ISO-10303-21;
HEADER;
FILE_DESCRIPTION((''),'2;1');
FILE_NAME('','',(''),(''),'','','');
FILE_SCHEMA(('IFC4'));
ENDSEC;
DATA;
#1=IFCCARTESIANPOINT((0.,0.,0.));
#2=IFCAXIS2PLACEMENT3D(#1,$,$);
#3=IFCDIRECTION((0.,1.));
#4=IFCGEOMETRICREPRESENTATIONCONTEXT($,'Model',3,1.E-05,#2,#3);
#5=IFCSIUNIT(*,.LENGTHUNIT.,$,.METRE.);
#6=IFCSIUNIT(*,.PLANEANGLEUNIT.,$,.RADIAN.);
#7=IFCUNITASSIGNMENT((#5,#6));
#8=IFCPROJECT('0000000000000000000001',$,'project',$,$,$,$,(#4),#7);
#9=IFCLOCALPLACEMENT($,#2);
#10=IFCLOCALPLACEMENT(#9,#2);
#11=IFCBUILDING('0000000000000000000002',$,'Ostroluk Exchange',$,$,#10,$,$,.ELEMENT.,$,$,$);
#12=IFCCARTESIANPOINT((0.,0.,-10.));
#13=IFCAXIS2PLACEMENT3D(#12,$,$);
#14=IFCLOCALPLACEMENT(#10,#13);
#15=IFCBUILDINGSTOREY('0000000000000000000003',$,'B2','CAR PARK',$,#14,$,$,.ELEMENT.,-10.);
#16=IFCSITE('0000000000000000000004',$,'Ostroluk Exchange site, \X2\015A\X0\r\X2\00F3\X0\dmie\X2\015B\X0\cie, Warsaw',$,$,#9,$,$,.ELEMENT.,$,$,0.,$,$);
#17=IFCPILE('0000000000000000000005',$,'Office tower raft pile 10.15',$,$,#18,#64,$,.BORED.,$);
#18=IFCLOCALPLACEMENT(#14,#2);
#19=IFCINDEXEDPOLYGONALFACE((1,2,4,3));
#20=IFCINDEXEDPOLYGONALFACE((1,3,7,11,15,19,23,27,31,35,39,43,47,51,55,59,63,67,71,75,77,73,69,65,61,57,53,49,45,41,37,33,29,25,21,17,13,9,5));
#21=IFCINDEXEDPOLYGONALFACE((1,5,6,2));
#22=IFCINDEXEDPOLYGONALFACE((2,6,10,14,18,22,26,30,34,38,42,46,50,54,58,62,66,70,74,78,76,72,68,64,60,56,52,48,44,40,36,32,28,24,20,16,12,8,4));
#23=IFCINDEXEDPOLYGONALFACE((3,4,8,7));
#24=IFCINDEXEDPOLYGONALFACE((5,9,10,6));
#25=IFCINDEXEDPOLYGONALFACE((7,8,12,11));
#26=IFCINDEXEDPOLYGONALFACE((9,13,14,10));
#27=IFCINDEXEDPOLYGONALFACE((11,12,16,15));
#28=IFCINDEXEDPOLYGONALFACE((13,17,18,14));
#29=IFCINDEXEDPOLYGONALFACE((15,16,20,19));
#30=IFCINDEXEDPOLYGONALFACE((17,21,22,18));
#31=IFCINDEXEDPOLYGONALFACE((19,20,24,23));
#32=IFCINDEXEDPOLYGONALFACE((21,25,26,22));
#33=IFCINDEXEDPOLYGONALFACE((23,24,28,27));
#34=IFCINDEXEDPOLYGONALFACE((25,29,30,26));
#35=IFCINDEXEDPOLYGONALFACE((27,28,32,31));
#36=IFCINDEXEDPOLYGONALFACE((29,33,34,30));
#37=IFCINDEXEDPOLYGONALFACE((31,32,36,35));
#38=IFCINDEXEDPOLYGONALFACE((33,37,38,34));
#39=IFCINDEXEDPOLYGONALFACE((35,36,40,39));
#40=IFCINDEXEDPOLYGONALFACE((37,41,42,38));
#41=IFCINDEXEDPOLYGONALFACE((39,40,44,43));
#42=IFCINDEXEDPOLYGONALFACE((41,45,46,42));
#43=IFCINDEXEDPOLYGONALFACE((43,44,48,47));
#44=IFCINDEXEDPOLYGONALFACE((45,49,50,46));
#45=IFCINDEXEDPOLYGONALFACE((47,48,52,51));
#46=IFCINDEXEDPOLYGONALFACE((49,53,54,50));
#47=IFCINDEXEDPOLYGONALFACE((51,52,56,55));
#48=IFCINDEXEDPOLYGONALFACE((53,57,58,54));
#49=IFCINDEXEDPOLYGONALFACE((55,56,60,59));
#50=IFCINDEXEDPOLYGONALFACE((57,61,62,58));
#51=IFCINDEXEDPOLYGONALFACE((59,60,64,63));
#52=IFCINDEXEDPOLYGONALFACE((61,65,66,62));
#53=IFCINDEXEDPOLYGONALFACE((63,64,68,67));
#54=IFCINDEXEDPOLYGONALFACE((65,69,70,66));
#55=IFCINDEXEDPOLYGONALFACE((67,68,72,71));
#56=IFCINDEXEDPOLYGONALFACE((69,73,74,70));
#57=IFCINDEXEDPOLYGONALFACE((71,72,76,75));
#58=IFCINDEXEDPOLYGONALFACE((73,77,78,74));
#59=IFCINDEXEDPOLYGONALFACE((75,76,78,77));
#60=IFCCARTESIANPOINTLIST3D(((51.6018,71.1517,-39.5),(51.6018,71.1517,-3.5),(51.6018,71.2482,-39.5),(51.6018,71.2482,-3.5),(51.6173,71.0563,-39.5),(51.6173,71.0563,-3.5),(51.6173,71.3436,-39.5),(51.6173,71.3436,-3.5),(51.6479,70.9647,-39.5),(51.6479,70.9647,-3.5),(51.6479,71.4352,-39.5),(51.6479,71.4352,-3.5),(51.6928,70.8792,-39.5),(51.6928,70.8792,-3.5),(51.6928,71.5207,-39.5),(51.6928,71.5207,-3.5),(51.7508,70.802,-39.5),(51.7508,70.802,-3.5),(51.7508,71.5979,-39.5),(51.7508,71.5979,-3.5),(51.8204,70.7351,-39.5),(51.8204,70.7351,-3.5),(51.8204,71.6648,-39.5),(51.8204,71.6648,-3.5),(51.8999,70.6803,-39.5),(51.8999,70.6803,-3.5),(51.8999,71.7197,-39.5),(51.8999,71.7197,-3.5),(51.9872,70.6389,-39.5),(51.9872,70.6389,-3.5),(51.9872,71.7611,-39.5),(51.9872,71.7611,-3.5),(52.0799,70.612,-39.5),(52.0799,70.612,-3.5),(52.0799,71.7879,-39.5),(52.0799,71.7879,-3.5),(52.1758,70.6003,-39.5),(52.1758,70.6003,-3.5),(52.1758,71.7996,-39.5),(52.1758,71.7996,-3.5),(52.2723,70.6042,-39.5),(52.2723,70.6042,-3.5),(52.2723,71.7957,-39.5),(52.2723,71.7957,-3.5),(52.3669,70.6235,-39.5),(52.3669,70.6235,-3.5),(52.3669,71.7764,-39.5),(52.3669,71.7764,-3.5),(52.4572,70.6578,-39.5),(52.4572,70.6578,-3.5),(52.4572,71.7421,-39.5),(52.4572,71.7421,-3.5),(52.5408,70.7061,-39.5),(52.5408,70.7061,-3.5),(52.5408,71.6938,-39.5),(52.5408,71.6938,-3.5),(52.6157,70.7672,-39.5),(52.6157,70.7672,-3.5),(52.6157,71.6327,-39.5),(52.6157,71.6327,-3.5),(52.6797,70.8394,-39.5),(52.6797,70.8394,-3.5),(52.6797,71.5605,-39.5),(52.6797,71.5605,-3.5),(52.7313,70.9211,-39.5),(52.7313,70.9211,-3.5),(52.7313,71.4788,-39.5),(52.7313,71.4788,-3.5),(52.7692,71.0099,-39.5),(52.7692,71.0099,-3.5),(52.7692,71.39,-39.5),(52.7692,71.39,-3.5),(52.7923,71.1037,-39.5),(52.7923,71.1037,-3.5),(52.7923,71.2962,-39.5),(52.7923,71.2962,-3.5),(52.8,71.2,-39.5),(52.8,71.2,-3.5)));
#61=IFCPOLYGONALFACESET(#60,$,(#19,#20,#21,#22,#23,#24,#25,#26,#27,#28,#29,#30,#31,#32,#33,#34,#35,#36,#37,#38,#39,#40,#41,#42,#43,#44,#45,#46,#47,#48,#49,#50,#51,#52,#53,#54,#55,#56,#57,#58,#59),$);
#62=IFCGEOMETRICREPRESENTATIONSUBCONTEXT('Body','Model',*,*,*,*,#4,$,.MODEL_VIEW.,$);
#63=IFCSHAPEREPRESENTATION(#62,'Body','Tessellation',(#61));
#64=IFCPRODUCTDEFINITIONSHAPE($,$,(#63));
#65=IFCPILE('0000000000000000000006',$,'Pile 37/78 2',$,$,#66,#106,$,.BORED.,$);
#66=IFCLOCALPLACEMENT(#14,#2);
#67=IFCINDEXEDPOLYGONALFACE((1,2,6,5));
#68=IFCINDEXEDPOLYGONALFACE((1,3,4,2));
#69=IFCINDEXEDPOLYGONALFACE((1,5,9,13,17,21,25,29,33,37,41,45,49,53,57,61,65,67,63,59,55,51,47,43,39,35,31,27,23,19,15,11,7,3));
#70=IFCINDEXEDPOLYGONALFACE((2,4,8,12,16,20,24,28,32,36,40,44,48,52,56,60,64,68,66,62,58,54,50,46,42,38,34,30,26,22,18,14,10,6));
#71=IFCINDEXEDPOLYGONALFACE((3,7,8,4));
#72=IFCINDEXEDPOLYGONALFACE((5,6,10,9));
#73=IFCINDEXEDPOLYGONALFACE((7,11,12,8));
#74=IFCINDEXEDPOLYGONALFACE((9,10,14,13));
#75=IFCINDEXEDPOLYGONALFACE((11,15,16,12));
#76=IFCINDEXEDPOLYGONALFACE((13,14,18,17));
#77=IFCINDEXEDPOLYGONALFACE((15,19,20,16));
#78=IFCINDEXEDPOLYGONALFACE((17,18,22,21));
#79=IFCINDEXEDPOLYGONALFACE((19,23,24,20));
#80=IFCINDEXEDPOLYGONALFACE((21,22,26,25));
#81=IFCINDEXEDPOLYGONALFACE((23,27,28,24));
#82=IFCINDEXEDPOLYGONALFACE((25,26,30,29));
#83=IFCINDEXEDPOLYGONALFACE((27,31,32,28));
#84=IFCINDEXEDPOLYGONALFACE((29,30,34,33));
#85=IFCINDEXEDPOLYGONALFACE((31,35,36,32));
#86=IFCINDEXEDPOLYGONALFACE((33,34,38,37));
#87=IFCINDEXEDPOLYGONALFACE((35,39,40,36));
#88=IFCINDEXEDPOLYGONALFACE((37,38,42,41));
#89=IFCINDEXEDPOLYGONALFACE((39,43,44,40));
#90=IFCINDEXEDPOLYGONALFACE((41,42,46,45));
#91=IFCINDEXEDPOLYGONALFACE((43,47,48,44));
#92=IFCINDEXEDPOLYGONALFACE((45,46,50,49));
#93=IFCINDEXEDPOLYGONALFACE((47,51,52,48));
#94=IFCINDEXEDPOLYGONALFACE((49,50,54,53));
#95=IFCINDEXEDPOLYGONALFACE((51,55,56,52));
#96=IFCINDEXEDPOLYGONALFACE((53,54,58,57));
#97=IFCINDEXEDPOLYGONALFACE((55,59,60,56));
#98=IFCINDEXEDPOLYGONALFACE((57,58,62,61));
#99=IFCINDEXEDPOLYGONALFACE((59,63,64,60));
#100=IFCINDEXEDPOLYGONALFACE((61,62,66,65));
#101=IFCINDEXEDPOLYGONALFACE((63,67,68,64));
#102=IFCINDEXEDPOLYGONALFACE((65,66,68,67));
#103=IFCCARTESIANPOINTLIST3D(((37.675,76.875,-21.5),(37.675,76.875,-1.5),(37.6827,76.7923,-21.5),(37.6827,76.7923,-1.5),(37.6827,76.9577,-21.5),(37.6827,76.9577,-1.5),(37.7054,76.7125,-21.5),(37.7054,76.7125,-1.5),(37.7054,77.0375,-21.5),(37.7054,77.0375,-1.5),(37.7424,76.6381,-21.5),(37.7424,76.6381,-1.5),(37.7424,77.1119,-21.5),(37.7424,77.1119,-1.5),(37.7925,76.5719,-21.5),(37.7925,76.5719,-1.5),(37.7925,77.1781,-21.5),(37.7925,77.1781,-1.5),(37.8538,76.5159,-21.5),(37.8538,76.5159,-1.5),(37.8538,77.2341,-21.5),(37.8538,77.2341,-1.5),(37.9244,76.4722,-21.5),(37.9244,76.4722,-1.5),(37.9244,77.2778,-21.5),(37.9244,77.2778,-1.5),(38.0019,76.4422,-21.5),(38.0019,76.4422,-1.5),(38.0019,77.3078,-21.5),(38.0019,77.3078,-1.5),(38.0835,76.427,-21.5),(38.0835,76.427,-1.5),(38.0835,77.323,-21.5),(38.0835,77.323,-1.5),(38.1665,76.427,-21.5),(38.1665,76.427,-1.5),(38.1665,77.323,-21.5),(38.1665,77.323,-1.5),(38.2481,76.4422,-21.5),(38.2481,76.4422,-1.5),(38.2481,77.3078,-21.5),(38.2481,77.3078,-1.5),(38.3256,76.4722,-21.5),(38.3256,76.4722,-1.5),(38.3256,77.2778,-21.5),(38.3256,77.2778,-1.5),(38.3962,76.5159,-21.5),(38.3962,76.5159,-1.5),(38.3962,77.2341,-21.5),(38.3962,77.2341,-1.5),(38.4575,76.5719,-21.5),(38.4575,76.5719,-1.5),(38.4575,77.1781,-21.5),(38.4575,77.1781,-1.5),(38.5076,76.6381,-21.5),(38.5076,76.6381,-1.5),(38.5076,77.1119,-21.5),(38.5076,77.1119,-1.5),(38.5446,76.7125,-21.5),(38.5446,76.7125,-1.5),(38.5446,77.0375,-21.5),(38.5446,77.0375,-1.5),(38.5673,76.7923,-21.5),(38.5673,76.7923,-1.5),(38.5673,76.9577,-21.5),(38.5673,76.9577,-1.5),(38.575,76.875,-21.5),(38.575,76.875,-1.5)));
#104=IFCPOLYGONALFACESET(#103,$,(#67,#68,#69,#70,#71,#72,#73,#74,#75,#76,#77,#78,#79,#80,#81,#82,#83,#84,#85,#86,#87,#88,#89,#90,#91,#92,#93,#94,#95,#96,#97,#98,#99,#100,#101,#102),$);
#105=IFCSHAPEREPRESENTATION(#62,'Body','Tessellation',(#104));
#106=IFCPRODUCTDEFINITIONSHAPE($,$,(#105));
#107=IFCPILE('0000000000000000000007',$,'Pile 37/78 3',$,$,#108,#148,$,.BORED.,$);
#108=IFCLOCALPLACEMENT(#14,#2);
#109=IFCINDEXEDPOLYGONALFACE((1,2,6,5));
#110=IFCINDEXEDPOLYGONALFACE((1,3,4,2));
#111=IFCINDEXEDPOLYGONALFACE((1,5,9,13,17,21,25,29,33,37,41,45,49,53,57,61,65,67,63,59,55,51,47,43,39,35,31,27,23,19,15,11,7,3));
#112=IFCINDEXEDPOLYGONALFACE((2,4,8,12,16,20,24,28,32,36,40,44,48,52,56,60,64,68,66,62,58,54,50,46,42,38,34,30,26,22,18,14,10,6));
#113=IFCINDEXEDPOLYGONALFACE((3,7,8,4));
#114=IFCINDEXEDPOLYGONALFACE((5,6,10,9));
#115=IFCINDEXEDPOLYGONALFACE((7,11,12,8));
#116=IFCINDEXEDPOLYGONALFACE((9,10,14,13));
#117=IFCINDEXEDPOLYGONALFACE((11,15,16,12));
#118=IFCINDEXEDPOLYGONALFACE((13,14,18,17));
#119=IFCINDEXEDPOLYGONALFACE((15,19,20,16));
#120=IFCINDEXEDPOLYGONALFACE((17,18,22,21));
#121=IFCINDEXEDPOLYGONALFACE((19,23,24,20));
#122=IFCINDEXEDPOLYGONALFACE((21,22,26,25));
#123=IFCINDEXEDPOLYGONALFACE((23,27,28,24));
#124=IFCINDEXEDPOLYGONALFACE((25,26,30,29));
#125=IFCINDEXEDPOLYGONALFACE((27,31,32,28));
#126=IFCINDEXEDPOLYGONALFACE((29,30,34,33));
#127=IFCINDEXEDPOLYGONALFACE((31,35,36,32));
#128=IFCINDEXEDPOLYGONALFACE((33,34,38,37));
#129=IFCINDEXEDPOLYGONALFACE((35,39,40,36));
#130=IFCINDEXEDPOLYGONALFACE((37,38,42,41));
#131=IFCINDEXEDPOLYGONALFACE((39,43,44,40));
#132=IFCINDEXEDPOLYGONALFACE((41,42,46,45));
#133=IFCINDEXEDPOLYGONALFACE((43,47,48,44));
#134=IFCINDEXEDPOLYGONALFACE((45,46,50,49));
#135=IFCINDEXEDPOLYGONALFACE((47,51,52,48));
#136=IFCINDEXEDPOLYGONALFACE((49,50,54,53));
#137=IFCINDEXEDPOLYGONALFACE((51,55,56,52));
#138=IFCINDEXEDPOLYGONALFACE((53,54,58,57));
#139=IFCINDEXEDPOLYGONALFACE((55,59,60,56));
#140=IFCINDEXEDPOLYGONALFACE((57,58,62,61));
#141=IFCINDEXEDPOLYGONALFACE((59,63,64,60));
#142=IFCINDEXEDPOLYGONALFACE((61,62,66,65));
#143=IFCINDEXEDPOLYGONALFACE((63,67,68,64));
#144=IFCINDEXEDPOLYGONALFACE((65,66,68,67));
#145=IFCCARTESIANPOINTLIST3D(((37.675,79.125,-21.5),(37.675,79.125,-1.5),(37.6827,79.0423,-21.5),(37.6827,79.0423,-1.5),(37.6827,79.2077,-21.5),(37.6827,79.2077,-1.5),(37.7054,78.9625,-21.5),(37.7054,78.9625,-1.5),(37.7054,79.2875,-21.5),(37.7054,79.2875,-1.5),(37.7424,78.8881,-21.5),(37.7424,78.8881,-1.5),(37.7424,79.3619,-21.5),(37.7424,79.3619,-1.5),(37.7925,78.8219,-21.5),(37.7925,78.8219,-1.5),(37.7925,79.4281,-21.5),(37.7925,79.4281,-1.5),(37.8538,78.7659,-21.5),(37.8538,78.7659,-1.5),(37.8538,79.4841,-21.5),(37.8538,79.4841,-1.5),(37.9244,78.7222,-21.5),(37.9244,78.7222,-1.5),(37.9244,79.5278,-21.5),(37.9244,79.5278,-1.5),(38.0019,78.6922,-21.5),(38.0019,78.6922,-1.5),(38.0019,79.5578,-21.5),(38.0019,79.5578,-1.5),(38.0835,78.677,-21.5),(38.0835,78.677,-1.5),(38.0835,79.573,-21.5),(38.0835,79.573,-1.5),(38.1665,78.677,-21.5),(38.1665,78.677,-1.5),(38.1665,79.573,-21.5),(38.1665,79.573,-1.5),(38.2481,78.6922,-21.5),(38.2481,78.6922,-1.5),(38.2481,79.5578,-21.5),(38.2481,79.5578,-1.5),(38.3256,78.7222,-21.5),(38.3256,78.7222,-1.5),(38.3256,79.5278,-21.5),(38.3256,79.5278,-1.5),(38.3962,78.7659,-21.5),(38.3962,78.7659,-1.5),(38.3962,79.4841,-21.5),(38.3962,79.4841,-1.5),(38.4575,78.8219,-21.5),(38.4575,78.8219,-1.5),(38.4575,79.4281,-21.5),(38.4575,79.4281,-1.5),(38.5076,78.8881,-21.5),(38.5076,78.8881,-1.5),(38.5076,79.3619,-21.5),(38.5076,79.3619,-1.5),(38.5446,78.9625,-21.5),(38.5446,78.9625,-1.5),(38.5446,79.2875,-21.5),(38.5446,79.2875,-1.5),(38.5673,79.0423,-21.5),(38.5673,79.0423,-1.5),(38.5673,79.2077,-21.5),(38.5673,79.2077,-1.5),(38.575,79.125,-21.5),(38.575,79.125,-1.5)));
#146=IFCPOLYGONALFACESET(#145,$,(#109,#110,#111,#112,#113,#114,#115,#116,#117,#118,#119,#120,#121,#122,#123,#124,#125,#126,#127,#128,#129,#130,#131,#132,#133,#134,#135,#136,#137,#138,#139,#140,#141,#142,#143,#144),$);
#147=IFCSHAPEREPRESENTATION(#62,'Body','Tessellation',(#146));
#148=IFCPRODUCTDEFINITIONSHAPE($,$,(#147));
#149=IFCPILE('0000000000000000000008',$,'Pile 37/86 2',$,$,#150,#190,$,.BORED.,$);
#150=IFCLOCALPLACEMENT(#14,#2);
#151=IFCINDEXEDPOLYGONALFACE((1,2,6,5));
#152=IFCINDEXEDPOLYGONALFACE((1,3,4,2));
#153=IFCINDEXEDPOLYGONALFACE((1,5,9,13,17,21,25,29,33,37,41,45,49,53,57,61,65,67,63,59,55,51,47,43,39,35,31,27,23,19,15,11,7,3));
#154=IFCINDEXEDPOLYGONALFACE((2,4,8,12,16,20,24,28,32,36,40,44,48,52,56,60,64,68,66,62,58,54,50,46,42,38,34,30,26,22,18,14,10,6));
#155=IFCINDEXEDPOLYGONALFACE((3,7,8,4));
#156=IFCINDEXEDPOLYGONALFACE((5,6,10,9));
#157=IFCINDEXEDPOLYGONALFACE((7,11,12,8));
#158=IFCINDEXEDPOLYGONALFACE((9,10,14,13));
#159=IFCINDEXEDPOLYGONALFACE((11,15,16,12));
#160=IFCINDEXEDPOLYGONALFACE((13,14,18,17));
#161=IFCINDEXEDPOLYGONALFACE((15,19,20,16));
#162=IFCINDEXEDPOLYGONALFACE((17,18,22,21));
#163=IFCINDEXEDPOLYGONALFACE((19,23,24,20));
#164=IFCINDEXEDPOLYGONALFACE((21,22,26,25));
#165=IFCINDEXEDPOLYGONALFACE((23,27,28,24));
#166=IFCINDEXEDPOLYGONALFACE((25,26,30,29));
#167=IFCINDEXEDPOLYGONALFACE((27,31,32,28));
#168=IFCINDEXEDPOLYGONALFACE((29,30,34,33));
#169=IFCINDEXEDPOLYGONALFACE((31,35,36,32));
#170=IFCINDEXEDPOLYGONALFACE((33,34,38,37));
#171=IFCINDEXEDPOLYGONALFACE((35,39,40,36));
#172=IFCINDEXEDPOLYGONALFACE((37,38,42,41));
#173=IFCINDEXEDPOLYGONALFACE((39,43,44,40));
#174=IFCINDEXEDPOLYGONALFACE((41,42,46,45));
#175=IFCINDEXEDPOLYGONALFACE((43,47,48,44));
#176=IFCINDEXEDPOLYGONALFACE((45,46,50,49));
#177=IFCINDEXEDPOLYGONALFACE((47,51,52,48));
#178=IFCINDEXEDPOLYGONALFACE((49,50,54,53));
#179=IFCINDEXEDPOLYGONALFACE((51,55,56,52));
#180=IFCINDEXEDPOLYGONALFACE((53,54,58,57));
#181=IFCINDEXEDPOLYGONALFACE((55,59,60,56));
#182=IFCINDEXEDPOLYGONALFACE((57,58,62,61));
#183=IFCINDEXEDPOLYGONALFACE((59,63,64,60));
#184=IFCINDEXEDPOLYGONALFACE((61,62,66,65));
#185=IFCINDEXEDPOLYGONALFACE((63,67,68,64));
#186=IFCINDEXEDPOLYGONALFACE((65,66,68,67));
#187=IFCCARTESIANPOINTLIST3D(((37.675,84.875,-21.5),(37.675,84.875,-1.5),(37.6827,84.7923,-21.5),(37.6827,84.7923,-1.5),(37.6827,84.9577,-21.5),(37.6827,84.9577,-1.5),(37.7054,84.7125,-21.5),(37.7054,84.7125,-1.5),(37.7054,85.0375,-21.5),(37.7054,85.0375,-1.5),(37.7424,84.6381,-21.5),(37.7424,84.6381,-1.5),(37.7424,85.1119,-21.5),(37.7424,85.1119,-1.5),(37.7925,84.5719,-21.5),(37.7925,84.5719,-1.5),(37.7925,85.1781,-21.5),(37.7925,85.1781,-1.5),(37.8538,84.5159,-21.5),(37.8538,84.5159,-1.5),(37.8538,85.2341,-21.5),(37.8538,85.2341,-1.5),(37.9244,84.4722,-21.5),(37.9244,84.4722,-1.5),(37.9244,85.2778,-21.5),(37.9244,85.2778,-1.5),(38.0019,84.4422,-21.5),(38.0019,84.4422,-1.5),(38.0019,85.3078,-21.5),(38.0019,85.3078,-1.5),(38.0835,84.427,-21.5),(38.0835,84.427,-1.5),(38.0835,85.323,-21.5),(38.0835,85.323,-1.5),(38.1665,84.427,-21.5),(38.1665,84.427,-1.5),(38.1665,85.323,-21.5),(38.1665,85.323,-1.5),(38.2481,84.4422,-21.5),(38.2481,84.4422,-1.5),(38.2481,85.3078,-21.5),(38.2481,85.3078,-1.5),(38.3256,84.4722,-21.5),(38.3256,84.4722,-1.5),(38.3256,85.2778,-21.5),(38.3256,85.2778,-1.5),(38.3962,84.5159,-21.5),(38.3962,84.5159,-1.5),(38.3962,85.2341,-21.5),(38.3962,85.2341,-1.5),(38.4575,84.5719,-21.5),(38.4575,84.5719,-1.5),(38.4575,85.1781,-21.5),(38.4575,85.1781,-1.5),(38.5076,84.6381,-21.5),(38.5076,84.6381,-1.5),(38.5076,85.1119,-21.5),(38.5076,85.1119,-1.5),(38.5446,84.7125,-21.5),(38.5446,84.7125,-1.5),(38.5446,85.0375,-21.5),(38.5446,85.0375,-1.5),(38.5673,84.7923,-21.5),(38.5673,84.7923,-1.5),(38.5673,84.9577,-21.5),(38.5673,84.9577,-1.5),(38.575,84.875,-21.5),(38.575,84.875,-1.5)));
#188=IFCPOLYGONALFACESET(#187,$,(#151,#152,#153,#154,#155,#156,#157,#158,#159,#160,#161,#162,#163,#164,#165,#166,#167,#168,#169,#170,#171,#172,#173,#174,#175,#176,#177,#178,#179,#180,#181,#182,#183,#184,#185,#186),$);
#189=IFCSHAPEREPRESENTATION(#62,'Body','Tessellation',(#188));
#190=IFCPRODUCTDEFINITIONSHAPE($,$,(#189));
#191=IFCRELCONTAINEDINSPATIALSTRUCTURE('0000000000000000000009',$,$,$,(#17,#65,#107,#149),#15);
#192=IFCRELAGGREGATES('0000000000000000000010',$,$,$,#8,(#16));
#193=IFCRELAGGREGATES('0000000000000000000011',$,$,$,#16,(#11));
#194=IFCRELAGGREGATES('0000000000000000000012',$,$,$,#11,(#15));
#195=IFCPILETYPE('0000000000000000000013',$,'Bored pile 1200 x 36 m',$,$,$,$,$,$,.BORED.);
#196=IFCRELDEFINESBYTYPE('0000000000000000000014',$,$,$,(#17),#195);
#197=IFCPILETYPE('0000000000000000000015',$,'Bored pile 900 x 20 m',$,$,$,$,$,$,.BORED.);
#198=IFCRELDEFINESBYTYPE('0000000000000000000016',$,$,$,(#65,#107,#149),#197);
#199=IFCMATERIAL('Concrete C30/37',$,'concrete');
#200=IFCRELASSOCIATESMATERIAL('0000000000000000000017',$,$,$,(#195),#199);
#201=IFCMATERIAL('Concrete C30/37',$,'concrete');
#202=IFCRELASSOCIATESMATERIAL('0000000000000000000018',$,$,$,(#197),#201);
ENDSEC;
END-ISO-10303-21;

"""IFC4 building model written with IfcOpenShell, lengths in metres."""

from ifc_helpers import new_model, si_unit, direction, frame, origin, origin_2d, place, context, subcontext, project, spatial, circle, extrude, material, type_object, element, save


model = new_model("IFC4")

# Units and contexts
model_context = context("Model", 3, precision=1e-05, world=origin(), true_north=direction((0.0, 1.0)))
body_context = subcontext(model_context, "Body", "Model", "MODEL_VIEW")
ifc_project = project(units=[si_unit("LENGTHUNIT", "METRE"), si_unit("PLANEANGLEUNIT", "RADIAN")], contexts=[model_context])

# Site, building, storey
site_placement = place(None, origin())
site = spatial("IfcSite", under=ifc_project, at=site_placement, Name="Ostroluk Exchange site, Śródmieście, Warsaw", CompositionType="ELEMENT", RefElevation=0.0)
building_placement = place(site_placement, origin())
building = spatial("IfcBuilding", under=site, at=building_placement, Name="Ostroluk Exchange", CompositionType="ELEMENT")
storey_placement = place(building_placement, frame((0.0, 0.0, -10.0)))
storey = spatial("IfcBuildingStorey", under=building, at=storey_placement, Name="B2", Description="CAR PARK", CompositionType="ELEMENT", Elevation=-10.0)

# Piles
ifc_material_1 = material(Name="Concrete C30/37", Category="concrete")
pile_type_1 = type_object("IfcPileType", Name="Bored pile 1200 x 36 m", PredefinedType="BORED", material=ifc_material_1)
for number, where, z_axis, x_axis, name in (
    (1, (52.2, 71.2, -3.5), (0.0, 0.0, -1.0), (1.0, 0.0, 0.0), "Office tower raft pile 10.15"),
):
    element("IfcPile", number, at=place(storey_placement, frame(where, z_axis=z_axis, x_axis=x_axis)), inside=storey, type_object=pile_type_1, Name=name, PredefinedType="BORED", context=body_context, shape_type="SweptSolid", body=[
        extrude(circle(Radius=0.6001, at=origin_2d()), origin(), (0.0, 0.0, 1.0), 36.0),
    ])
ifc_material_2 = material(Name="Concrete C30/37", Category="concrete")
pile_type_2 = type_object("IfcPileType", Name="Bored pile 900 x 20 m", PredefinedType="BORED", material=ifc_material_2)
for number, where, z_axis, x_axis, name in (
    (2, (38.125, 76.875, -1.5), (0.0, 0.0, -1.0), (1.0, 0.0, 0.0), "Pile 37/78 2"),
    (3, (38.125, 79.125, -1.5), (0.0, 0.0, -1.0), (1.0, 0.0, 0.0), "Pile 37/78 3"),
    (4, (38.125, 84.875, -1.5), (0.0, 0.0, -1.0), (1.0, 0.0, 0.0), "Pile 37/86 2"),
):
    element("IfcPile", number, at=place(storey_placement, frame(where, z_axis=z_axis, x_axis=x_axis)), inside=storey, type_object=pile_type_2, Name=name, PredefinedType="BORED", context=body_context, shape_type="SweptSolid", body=[
        extrude(circle(Radius=0.45, at=origin_2d()), origin(), (0.0, 0.0, 1.0), 20.0),
    ])

save(model, "model.ifc")
